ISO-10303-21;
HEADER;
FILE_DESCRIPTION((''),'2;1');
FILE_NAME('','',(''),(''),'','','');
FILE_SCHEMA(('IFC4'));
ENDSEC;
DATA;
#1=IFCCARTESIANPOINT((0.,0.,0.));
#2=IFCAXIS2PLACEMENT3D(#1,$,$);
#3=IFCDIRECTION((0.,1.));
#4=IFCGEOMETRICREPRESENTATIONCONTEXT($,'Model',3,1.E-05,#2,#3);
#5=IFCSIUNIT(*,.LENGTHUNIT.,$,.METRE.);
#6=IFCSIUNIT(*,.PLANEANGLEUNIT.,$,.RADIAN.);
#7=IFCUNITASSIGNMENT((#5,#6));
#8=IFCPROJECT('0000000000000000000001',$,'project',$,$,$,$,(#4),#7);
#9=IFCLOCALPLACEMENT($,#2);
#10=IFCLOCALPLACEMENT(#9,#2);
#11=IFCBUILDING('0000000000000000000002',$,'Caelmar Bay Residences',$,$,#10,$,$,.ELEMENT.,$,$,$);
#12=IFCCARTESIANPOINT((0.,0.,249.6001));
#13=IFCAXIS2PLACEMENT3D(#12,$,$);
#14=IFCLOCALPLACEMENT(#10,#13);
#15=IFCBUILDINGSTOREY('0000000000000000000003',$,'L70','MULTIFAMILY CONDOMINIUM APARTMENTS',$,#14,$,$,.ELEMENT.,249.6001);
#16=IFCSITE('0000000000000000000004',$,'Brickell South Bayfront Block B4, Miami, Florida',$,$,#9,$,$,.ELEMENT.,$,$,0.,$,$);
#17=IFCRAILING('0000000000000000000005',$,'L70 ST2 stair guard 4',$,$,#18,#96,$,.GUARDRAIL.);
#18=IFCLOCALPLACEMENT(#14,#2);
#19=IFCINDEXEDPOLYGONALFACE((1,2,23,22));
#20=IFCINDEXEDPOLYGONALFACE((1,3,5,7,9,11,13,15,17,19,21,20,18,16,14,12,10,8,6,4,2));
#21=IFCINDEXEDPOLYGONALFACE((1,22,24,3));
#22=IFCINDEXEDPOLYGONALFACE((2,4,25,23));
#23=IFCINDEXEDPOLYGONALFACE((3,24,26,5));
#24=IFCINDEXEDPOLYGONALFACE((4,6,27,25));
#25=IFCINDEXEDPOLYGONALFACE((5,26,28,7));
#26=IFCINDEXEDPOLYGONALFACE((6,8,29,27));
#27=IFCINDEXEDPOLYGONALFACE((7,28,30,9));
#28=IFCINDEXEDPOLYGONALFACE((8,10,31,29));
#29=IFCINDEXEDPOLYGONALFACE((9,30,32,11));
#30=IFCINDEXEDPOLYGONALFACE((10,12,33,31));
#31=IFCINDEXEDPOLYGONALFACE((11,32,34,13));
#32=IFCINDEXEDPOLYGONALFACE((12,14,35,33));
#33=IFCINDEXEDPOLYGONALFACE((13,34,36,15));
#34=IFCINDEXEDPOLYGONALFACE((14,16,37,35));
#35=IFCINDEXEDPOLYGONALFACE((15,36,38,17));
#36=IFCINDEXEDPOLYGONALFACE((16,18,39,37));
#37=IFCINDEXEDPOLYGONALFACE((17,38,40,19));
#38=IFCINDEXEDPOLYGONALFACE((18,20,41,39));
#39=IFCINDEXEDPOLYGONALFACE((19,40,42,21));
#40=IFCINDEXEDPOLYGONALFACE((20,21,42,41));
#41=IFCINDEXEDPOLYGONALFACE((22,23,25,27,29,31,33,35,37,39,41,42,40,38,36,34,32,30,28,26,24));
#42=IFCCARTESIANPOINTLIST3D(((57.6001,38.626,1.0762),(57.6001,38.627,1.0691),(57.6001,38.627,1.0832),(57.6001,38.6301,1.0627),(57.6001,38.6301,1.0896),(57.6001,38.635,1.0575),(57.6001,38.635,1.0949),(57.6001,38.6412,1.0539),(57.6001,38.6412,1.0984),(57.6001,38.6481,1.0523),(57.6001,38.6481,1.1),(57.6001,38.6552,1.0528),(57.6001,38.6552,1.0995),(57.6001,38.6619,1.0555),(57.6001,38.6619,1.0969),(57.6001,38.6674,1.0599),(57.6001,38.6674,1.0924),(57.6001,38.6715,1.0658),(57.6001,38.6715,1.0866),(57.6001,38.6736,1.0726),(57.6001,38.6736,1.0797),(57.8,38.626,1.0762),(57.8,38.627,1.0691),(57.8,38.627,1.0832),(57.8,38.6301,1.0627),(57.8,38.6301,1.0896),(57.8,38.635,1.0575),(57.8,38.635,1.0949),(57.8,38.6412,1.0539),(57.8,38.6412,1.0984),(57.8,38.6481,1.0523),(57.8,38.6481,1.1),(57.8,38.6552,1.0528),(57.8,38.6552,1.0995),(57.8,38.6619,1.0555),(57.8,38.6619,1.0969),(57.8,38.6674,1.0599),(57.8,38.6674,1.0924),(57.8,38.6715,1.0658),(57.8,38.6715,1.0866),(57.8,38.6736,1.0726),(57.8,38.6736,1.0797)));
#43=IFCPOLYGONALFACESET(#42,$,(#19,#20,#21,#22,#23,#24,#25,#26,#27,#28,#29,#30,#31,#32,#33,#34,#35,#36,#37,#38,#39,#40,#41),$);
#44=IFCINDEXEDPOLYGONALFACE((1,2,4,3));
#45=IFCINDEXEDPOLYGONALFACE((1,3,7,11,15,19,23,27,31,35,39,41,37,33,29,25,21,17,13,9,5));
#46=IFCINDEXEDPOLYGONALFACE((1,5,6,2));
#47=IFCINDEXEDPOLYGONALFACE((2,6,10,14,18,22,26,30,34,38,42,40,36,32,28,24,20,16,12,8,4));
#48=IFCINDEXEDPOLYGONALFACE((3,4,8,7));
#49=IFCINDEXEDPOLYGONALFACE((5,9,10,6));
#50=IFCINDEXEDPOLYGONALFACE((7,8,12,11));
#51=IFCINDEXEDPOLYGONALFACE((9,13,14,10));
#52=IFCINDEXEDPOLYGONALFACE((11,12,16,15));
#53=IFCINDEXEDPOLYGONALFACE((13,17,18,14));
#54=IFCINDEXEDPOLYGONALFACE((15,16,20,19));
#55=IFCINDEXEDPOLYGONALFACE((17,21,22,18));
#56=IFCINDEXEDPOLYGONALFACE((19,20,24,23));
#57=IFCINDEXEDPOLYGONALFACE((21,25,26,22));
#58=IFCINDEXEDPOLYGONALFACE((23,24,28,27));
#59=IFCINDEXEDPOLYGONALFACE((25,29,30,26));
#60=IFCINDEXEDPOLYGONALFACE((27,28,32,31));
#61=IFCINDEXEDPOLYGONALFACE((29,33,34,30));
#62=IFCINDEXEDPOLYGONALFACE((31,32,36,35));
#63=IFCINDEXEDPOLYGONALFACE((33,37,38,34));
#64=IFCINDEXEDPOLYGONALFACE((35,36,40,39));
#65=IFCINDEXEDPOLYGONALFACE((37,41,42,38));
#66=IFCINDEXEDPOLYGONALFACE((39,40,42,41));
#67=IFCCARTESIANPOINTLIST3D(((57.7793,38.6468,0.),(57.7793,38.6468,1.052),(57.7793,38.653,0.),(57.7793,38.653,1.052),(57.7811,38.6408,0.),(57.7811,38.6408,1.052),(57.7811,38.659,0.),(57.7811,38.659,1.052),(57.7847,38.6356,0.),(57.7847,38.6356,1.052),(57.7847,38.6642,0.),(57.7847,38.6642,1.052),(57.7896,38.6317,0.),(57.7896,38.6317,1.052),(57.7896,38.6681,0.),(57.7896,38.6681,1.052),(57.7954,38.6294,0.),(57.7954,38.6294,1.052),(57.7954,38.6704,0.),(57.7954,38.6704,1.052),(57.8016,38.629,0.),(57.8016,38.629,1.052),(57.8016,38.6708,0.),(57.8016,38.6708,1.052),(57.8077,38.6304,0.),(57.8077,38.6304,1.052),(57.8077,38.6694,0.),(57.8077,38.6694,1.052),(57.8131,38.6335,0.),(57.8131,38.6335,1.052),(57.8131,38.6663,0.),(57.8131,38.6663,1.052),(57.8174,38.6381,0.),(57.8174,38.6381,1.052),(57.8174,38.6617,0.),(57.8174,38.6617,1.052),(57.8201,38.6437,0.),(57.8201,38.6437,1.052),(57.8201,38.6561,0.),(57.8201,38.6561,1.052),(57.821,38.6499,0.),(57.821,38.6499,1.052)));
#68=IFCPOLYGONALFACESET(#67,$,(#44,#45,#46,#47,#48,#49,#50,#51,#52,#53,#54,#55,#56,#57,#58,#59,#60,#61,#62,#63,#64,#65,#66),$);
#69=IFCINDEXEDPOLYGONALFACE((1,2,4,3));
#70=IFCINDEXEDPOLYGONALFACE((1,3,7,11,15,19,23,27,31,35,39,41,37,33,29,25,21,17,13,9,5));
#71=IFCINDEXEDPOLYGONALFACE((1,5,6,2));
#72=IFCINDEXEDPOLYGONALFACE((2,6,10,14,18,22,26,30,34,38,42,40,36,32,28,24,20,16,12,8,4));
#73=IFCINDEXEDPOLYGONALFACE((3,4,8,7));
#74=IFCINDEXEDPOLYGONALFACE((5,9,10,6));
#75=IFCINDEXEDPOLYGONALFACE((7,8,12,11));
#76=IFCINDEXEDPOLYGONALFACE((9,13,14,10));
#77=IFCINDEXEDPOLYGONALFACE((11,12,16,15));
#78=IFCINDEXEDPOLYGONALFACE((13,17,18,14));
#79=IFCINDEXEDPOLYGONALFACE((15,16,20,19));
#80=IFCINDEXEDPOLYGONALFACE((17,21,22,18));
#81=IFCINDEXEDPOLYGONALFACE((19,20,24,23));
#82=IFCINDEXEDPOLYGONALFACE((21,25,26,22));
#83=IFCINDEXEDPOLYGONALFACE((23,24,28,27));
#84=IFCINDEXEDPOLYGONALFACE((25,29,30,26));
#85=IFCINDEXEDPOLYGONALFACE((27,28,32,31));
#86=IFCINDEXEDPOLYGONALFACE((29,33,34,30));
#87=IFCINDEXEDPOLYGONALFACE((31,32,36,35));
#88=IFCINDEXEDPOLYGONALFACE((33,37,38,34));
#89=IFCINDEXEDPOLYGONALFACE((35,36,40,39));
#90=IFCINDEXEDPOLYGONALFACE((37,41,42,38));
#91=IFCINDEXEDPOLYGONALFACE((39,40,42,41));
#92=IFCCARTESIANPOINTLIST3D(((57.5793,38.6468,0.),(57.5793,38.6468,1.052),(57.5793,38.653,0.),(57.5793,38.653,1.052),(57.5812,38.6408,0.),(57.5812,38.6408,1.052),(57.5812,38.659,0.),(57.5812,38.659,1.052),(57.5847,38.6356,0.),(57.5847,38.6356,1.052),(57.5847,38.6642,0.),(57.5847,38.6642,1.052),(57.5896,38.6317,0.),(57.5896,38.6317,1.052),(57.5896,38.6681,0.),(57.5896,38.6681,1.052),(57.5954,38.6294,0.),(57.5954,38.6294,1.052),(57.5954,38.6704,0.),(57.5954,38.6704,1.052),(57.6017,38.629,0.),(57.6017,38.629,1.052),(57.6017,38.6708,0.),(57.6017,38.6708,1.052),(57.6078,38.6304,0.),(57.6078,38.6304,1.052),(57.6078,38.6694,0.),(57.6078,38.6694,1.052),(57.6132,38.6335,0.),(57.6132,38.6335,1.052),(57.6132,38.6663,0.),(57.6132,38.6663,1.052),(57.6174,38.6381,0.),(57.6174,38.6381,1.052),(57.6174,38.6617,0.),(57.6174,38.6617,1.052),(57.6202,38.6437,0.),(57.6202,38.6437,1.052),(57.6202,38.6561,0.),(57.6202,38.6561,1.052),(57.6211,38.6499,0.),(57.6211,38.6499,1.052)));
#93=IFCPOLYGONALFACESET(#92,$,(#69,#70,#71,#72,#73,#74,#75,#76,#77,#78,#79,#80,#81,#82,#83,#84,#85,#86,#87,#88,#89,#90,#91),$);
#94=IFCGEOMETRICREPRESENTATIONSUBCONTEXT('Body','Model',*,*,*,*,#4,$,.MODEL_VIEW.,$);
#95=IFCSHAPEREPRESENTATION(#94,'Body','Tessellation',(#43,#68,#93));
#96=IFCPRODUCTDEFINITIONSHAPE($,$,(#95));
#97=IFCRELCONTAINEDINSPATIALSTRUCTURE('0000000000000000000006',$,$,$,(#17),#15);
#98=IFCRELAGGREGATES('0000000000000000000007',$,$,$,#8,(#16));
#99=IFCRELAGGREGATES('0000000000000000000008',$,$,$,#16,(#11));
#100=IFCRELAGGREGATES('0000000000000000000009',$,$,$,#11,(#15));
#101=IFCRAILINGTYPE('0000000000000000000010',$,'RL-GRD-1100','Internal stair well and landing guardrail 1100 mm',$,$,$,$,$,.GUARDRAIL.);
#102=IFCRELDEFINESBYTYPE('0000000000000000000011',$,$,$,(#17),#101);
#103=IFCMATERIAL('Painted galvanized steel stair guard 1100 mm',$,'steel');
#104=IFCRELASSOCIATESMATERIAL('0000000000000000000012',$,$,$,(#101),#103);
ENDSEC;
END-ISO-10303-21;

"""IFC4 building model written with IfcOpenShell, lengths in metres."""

from ifc_helpers import new_model, si_unit, direction, frame, origin, origin_2d, place, context, subcontext, project, spatial, circle, extrude, material, type_object, element, save


model = new_model("IFC4")

# Units and contexts
model_context = context("Model", 3, precision=1e-05, world=origin(), true_north=direction((0.0, 1.0)))
body_context = subcontext(model_context, "Body", "Model", "MODEL_VIEW")
ifc_project = project(units=[si_unit("LENGTHUNIT", "METRE"), si_unit("PLANEANGLEUNIT", "RADIAN")], contexts=[model_context])

# Site, building, storey
site_placement = place(None, origin())
site = spatial("IfcSite", under=ifc_project, at=site_placement, Name="Brickell South Bayfront Block B4, Miami, Florida", CompositionType="ELEMENT", RefElevation=0.0)
building_placement = place(site_placement, origin())
building = spatial("IfcBuilding", under=site, at=building_placement, Name="Caelmar Bay Residences", CompositionType="ELEMENT")
storey_placement = place(building_placement, frame((0.0, 0.0, 249.6001)))
storey = spatial("IfcBuildingStorey", under=building, at=storey_placement, Name="L70", Description="MULTIFAMILY CONDOMINIUM APARTMENTS", CompositionType="ELEMENT", Elevation=249.6001)

# Railing
ifc_material_1 = material(Name="Painted galvanized steel stair guard 1100 mm", Category="steel")
railing_type_1 = type_object("IfcRailingType", Name="RL-GRD-1100", Description="Internal stair well and landing guardrail 1100 mm", PredefinedType="GUARDRAIL", material=ifc_material_1)
railing_1_placement = place(storey_placement, frame((57.8, 38.6499, 0.0)))
element("IfcRailing", 1, at=railing_1_placement, inside=storey, type_object=railing_type_1, Name="L70 ST2 stair guard 4", PredefinedType="GUARDRAIL", context=body_context, shape_type="SweptSolid", body=[
    extrude(circle(Radius=0.0239, at=origin_2d()), frame((0.0, 0.0, 1.0762), z_axis=(-1.0, 0.0, 0.0), x_axis=(0.0, -1.0, 0.0)), (0.0, 0.0, 1.0), 0.2),
    extrude(circle(Radius=0.021, at=origin_2d()), origin(), (0.0, 0.0, 1.0), 1.052),
    extrude(circle(Radius=0.021, at=origin_2d()), frame((-0.2, 0.0, 0.0)), (0.0, 0.0, 1.0), 1.052),
])

save(model, "model.ifc")
